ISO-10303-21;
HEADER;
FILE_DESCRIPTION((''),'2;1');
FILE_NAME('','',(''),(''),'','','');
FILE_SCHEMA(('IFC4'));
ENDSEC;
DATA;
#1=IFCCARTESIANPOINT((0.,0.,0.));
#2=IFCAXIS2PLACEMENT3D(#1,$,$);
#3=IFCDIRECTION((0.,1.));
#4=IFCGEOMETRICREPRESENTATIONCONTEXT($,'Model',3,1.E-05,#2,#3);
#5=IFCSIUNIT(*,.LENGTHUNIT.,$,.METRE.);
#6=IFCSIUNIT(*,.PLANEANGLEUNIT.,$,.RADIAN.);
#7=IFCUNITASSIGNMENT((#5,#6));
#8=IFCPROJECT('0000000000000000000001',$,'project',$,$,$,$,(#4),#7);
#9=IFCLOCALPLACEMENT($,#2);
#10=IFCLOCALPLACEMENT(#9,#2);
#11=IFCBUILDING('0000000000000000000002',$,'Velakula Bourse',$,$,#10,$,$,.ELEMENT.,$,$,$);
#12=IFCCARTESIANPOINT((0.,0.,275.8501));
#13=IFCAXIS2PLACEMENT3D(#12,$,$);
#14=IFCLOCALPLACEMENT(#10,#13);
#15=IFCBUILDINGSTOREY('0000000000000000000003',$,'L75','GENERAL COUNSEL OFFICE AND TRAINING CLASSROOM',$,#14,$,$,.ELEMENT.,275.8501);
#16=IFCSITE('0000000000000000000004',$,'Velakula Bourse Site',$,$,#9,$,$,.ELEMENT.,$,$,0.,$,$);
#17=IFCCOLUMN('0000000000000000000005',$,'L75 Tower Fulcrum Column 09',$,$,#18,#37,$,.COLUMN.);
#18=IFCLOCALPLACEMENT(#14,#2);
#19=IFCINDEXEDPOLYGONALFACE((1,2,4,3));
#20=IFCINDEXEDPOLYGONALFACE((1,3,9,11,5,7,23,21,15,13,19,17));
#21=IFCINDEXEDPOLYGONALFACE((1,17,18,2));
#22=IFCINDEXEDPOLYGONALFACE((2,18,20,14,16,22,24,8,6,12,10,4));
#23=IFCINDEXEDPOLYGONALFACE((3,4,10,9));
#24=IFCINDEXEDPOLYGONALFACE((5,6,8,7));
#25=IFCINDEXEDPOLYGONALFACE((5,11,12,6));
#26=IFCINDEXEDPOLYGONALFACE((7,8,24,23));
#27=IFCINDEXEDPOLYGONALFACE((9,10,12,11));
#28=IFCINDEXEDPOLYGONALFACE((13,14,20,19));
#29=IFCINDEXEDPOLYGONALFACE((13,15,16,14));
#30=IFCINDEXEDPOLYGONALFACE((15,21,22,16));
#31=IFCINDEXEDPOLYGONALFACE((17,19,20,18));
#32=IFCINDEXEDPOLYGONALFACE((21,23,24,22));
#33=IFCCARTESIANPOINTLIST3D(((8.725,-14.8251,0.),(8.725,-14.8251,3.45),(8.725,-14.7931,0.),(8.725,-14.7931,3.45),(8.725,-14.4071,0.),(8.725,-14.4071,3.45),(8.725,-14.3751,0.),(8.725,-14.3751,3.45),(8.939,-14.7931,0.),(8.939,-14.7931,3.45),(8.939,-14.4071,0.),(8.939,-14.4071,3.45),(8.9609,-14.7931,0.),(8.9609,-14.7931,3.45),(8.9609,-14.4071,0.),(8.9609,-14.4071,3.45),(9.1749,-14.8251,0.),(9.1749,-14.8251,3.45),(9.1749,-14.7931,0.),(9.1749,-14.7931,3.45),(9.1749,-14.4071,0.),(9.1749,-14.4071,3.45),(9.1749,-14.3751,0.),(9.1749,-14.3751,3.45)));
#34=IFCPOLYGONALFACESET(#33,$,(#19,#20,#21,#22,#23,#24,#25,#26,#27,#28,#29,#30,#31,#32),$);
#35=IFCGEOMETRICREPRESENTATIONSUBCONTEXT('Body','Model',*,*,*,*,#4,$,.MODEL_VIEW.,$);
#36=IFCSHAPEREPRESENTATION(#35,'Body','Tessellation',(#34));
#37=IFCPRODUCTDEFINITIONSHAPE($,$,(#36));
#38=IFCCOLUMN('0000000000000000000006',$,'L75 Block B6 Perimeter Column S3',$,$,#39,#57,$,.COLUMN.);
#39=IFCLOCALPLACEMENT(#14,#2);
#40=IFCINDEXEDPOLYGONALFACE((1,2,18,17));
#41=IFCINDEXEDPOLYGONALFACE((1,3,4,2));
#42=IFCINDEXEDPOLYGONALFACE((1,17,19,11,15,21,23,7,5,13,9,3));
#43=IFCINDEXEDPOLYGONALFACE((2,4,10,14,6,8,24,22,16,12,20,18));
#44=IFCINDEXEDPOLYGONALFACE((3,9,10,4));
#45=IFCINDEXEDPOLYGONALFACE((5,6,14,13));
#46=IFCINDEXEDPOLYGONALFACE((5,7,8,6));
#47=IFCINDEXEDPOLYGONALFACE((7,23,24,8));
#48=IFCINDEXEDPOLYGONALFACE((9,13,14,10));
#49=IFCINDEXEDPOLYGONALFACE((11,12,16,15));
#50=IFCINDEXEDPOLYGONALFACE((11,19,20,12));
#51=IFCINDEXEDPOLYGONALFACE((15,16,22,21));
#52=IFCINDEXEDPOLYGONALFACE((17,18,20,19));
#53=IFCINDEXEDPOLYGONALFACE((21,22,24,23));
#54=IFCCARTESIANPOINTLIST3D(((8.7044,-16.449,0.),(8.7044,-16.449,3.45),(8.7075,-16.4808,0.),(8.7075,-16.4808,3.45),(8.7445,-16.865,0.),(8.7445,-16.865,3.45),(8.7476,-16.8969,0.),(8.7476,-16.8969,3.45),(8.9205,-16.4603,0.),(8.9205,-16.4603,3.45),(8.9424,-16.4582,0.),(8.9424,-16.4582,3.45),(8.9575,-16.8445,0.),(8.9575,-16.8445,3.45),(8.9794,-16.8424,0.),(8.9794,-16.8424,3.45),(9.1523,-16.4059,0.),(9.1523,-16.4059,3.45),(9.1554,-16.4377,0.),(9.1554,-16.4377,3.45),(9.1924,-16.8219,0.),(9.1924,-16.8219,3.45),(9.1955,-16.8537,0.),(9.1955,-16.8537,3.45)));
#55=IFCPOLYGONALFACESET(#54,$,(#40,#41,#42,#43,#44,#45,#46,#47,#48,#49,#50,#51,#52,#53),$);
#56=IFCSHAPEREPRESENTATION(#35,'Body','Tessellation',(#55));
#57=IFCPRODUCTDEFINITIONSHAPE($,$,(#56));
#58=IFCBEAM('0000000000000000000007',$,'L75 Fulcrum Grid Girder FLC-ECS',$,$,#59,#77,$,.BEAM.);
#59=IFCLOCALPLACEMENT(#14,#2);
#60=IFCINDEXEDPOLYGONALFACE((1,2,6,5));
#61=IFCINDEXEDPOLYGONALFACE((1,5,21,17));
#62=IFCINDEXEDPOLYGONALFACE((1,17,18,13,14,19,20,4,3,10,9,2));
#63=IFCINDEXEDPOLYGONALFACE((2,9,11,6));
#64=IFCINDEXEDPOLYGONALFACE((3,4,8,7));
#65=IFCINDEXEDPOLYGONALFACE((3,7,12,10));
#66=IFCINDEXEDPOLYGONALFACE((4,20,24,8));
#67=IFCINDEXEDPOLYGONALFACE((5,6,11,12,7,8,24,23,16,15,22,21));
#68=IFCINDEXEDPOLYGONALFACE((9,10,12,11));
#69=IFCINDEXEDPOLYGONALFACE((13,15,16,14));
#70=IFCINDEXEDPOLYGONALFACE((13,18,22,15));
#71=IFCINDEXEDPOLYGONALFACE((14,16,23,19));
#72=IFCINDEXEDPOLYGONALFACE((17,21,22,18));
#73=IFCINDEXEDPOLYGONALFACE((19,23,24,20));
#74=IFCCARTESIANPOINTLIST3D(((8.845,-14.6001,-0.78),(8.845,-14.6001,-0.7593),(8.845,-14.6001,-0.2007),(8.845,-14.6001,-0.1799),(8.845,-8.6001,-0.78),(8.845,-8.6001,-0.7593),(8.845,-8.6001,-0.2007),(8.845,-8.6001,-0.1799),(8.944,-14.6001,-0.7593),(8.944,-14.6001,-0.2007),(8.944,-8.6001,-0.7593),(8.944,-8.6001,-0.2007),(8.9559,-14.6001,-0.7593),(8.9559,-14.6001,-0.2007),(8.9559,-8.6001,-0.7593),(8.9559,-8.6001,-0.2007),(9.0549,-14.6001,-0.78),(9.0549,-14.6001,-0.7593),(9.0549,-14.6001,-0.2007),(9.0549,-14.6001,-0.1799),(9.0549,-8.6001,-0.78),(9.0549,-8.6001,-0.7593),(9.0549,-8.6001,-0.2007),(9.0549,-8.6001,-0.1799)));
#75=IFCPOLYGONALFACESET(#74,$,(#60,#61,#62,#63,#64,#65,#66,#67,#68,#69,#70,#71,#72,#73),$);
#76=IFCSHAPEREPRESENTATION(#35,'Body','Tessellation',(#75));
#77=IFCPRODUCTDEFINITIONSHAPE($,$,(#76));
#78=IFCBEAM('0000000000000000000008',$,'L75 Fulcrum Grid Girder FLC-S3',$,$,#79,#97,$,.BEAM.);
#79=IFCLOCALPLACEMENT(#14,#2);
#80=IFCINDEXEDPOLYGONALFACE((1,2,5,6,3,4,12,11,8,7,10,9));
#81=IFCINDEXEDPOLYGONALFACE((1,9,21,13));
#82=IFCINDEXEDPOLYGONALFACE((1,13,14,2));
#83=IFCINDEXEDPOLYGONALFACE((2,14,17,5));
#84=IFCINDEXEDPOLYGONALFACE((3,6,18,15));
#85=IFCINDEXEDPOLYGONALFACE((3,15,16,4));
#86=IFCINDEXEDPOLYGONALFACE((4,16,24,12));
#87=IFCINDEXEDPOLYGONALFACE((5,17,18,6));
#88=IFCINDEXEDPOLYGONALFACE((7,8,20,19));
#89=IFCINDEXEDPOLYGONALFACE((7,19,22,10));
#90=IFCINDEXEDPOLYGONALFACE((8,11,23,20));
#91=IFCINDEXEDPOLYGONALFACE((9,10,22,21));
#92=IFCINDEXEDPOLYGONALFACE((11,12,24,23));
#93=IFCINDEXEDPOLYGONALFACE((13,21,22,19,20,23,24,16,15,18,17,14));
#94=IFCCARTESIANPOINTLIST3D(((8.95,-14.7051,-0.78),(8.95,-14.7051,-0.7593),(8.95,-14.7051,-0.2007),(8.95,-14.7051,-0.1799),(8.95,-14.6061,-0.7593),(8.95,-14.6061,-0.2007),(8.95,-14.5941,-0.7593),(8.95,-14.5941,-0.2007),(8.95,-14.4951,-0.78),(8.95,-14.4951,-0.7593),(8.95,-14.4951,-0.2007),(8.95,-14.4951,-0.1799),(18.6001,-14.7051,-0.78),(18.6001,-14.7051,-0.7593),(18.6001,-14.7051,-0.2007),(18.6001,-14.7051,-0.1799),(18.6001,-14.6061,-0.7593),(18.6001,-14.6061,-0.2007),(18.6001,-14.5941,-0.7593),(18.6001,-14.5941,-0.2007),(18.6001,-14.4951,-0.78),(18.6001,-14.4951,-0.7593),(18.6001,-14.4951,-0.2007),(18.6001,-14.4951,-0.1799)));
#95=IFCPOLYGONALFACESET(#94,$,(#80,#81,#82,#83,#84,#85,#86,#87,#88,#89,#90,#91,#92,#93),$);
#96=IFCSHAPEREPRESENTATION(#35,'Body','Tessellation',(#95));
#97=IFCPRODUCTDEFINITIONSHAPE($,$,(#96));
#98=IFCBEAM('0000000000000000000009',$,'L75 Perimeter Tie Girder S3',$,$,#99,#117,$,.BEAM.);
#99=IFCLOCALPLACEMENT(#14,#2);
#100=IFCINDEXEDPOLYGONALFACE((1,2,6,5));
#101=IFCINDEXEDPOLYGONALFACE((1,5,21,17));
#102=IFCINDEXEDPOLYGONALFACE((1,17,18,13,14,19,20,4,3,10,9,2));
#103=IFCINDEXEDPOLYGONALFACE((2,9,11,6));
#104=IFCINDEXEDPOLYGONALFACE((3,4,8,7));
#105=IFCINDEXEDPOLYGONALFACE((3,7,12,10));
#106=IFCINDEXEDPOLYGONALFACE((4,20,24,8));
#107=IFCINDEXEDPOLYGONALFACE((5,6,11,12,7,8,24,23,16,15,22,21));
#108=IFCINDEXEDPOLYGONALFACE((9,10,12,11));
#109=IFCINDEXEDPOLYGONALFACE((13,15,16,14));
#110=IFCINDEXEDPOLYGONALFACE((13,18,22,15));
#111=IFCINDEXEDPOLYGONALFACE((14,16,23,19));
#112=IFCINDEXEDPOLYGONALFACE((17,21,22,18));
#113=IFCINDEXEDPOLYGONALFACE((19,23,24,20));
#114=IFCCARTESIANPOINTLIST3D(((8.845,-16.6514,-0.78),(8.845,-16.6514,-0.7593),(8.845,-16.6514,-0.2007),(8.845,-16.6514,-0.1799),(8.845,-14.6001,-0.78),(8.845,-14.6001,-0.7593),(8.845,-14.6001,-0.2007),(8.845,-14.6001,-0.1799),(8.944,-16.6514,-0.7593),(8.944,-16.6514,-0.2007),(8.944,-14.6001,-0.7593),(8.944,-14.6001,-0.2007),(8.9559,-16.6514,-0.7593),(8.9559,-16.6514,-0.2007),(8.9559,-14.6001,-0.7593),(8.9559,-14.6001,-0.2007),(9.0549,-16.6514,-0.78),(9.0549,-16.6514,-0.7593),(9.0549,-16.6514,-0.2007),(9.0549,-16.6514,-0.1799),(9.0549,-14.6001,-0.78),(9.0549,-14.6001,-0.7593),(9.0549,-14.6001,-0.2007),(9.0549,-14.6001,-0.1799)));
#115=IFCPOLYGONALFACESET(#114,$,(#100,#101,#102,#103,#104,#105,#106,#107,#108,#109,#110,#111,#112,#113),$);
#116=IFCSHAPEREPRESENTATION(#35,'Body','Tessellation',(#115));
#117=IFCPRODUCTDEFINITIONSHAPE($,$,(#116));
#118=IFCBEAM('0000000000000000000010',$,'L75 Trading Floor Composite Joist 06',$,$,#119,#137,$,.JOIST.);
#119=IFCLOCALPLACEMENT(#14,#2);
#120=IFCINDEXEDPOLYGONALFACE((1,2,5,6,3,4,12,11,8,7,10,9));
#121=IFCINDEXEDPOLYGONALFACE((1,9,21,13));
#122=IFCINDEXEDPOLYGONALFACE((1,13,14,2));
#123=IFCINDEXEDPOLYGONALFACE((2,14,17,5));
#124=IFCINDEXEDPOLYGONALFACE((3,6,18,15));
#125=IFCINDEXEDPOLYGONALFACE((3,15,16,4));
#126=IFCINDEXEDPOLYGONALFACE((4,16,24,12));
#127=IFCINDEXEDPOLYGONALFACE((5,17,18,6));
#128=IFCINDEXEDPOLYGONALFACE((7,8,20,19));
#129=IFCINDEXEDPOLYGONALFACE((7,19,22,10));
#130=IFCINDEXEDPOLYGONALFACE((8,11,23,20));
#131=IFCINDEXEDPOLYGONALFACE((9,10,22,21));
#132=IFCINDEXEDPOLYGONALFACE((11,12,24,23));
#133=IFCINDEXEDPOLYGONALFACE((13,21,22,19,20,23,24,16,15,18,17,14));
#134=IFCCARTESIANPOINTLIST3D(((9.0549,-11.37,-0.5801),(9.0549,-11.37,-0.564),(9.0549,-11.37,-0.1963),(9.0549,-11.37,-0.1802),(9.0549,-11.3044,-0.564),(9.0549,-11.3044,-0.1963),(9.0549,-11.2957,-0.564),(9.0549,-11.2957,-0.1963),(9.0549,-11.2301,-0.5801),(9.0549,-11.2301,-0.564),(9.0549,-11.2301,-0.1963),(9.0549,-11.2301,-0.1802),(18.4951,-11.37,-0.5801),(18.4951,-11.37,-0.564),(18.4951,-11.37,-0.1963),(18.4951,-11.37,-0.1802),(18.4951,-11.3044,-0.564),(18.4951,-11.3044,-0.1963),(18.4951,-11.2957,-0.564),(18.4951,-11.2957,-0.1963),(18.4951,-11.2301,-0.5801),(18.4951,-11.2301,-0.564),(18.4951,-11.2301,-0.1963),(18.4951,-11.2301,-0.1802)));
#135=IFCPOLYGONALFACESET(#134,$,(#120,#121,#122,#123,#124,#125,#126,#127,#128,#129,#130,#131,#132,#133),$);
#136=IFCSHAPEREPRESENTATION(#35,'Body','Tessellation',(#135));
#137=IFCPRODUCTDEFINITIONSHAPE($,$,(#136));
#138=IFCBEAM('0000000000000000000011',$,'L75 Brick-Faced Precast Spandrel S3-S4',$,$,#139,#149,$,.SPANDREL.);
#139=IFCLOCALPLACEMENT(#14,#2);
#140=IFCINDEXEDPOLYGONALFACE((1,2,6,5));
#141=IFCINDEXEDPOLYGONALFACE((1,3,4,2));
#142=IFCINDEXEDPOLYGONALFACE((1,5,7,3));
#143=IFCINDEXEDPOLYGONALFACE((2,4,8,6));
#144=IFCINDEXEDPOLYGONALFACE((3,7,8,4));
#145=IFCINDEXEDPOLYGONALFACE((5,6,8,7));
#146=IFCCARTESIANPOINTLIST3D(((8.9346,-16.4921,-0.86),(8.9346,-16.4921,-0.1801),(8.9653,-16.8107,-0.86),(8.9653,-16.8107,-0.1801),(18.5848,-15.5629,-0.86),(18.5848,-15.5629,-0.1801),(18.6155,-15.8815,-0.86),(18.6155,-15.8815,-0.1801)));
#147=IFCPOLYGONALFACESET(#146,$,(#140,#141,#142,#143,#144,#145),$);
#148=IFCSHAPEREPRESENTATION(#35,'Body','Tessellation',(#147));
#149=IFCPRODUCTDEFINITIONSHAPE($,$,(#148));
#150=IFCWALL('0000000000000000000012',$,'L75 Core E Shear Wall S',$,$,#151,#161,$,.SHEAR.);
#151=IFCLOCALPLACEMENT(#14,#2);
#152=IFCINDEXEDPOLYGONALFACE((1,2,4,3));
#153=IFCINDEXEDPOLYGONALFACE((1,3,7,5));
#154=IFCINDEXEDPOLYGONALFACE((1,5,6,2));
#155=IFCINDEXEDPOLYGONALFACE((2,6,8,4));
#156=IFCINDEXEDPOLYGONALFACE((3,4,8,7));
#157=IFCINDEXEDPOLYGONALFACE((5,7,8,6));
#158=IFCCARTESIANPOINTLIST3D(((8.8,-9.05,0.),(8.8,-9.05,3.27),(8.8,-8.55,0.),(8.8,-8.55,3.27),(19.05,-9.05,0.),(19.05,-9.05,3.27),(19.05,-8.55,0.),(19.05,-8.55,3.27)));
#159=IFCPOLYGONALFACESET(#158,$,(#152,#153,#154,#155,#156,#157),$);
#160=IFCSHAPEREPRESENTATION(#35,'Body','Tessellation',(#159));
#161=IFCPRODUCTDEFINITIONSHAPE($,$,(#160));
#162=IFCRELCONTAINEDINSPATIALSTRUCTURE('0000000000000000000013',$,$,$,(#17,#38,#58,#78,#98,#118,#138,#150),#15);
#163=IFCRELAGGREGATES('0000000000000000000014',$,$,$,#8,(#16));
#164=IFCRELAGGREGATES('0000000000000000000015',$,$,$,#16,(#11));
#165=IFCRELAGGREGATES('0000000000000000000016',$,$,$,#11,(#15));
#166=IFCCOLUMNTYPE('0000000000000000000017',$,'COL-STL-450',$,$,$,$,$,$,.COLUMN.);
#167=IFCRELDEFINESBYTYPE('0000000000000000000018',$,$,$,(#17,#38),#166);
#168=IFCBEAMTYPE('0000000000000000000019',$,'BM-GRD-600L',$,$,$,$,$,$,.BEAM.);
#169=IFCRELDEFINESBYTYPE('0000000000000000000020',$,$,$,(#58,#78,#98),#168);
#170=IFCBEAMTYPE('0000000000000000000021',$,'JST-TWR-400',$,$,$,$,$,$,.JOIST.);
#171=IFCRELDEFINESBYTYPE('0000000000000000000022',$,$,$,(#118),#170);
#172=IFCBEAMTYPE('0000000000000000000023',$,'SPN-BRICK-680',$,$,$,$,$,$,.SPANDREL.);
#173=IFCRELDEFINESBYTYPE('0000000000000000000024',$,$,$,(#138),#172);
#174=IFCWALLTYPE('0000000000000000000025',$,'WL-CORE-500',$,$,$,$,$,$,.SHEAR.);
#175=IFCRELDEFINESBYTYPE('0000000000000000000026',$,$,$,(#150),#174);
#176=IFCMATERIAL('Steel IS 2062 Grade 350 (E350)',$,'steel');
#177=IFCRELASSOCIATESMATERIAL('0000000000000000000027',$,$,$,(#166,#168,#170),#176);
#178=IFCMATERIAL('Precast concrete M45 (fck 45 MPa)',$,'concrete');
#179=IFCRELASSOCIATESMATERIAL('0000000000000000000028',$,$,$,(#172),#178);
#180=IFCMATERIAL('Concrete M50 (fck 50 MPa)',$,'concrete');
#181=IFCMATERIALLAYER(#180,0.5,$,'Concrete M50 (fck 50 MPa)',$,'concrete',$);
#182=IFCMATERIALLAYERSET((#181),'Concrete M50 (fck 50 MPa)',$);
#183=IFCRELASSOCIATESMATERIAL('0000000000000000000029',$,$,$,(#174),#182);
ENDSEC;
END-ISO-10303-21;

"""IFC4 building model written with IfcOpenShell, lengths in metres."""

from ifc_helpers import new_model, si_unit, direction, frame, frame_2d, origin, origin_2d, place, context, subcontext, project, spatial, rectangle, i_section, extrude, material, layer, layer_set, material_profile, profile_set, type_object, element, save


model = new_model("IFC4")

# Units and contexts
model_context = context("Model", 3, precision=1e-05, world=origin(), true_north=direction((0.0, 1.0)))
body_context = subcontext(model_context, "Body", "Model", "MODEL_VIEW")
ifc_project = project(units=[si_unit("LENGTHUNIT", "METRE"), si_unit("PLANEANGLEUNIT", "RADIAN")], contexts=[model_context])

# Site, building, storey
site_placement = place(None, origin())
site = spatial("IfcSite", under=ifc_project, at=site_placement, Name="Velakula Bourse Site", CompositionType="ELEMENT", RefElevation=0.0)
building_placement = place(site_placement, origin())
building = spatial("IfcBuilding", under=site, at=building_placement, Name="Velakula Bourse", CompositionType="ELEMENT")
storey_placement = place(building_placement, frame((0.0, 0.0, 275.8501)))
storey = spatial("IfcBuildingStorey", under=building, at=storey_placement, Name="L75", Description="GENERAL COUNSEL OFFICE AND TRAINING CLASSROOM", CompositionType="ELEMENT", Elevation=275.8501)

# Columns
ifc_material_1 = material(Name="Steel IS 2062 Grade 350 (E350)", Category="steel")
ifc_material_profile_1 = material_profile(ifc_material_1, i_section(OverallWidth=0.45, OverallDepth=0.45, WebThickness=0.022, FlangeThickness=0.032, at=origin_2d()), Name="Steel IS 2062 Grade 350 (E350)")
ifc_profile_set_1 = profile_set([ifc_material_profile_1], Name="Steel IS 2062 Grade 350 (E350)")
column_type = type_object("IfcColumnType", Name="COL-STL-450", PredefinedType="COLUMN", material=ifc_profile_set_1)
for number, where, z_axis, x_axis, name in (
    (1, (8.95, -14.6001, 0.0), (0.0, 0.0, 1.0), (1.0, 0.0, 0.0), "L75 Tower Fulcrum Column 09"),
    (2, (8.95, -16.6514, 0.0), (0.0, 0.0, 1.0), (0.995396, 0.095846, 0.0), "L75 Block B6 Perimeter Column S3"),
):
    element("IfcColumn", number, at=place(storey_placement, frame(where, z_axis=z_axis, x_axis=x_axis)), inside=storey, type_object=column_type, Name=name, PredefinedType="COLUMN", context=body_context, shape_type="SweptSolid", body=[
        extrude(i_section(OverallWidth=0.45, OverallDepth=0.45, WebThickness=0.022, FlangeThickness=0.032, at=origin_2d()), origin(), (0.0, 0.0, 1.0), 3.45),
    ])

# Beams
ifc_material_profile_2 = material_profile(ifc_material_1, i_section(OverallWidth=0.21, OverallDepth=0.6001, WebThickness=0.012, FlangeThickness=0.0208, at=origin_2d()), Name="Steel IS 2062 Grade 350 (E350)")
ifc_profile_set_2 = profile_set([ifc_material_profile_2], Name="Steel IS 2062 Grade 350 (E350)")
beam_type_1 = type_object("IfcBeamType", Name="BM-GRD-600L", PredefinedType="BEAM", material=ifc_profile_set_2)
beam_1_placement = place(storey_placement, frame((8.95, -14.6001, -0.48), z_axis=(0.0, 1.0, 0.0), x_axis=(-1.0, 0.0, 0.0)))
element("IfcBeam", 3, at=beam_1_placement, inside=storey, type_object=beam_type_1, Name="L75 Fulcrum Grid Girder FLC-ECS", PredefinedType="BEAM", context=body_context, shape_type="SweptSolid", body=[
    extrude(i_section(OverallWidth=0.21, OverallDepth=0.6001, WebThickness=0.012, FlangeThickness=0.0208, at=origin_2d()), origin(), (0.0, 0.0, 1.0), 6.0),
])
beam_2_placement = place(storey_placement, frame((8.95, -14.6001, -0.48), z_axis=(1.0, 0.0, 0.0), x_axis=(0.0, 1.0, 0.0)))
element("IfcBeam", 4, at=beam_2_placement, inside=storey, type_object=beam_type_1, Name="L75 Fulcrum Grid Girder FLC-S3", PredefinedType="BEAM", context=body_context, shape_type="SweptSolid", body=[
    extrude(i_section(OverallWidth=0.21, OverallDepth=0.6001, WebThickness=0.012, FlangeThickness=0.0208, at=origin_2d()), origin(), (0.0, 0.0, 1.0), 9.6501),
])
beam_3_placement = place(storey_placement, frame((8.95, -14.6001, -0.48), z_axis=(0.0, -1.0, 0.0), x_axis=(1.0, 0.0, 0.0)))
element("IfcBeam", 5, at=beam_3_placement, inside=storey, type_object=beam_type_1, Name="L75 Perimeter Tie Girder S3", PredefinedType="BEAM", context=body_context, shape_type="SweptSolid", body=[
    extrude(i_section(OverallWidth=0.21, OverallDepth=0.6001, WebThickness=0.012, FlangeThickness=0.0208, at=origin_2d()), origin(), (0.0, 0.0, 1.0), 2.0513),
])
ifc_material_profile_3 = material_profile(ifc_material_1, i_section(OverallWidth=0.1399, OverallDepth=0.3999, WebThickness=0.0088, FlangeThickness=0.0161, at=origin_2d()), Name="Steel IS 2062 Grade 350 (E350)")
ifc_profile_set_3 = profile_set([ifc_material_profile_3], Name="Steel IS 2062 Grade 350 (E350)")
beam_type_2 = type_object("IfcBeamType", Name="JST-TWR-400", PredefinedType="JOIST", material=ifc_profile_set_3)
beam_4_placement = place(storey_placement, frame((9.0549, -11.3, -0.3801), z_axis=(1.0, 0.0, 0.0), x_axis=(0.0, 1.0, 0.0)))
element("IfcBeam", 6, at=beam_4_placement, inside=storey, type_object=beam_type_2, Name="L75 Trading Floor Composite Joist 06", PredefinedType="JOIST", context=body_context, shape_type="SweptSolid", body=[
    extrude(i_section(OverallWidth=0.1399, OverallDepth=0.3999, WebThickness=0.0088, FlangeThickness=0.0161, at=origin_2d()), origin(), (0.0, 0.0, 1.0), 9.4402),
])
ifc_material_2 = material(Name="Precast concrete M45 (fck 45 MPa)", Category="concrete")
ifc_material_profile_4 = material_profile(ifc_material_2, rectangle(XDim=0.3201, YDim=0.6799, at=origin_2d()), Name="Precast concrete M45 (fck 45 MPa)")
ifc_profile_set_4 = profile_set([ifc_material_profile_4], Name="Precast concrete M45 (fck 45 MPa)")
beam_type_3 = type_object("IfcBeamType", Name="SPN-BRICK-680", PredefinedType="SPANDREL", material=ifc_profile_set_4)
beam_5_placement = place(storey_placement, frame((8.95, -16.6514, -0.52), z_axis=(0.995396, 0.095845, 0.0), x_axis=(-0.095845, 0.995396, 0.0)))
element("IfcBeam", 7, at=beam_5_placement, inside=storey, type_object=beam_type_3, Name="L75 Brick-Faced Precast Spandrel S3-S4", PredefinedType="SPANDREL", context=body_context, shape_type="SweptSolid", body=[
    extrude(rectangle(XDim=0.3201, YDim=0.6799, at=origin_2d()), origin(), (0.0, 0.0, 1.0), 9.6948),
])

# Wall
ifc_material_3 = material(Name="Concrete M50 (fck 50 MPa)", Category="concrete")
ifc_layer_1 = layer(ifc_material_3, 0.5, Name="Concrete M50 (fck 50 MPa)", Category="concrete")
ifc_layer_set_1 = layer_set([ifc_layer_1], Name="Concrete M50 (fck 50 MPa)")
wall_type_1 = type_object("IfcWallType", Name="WL-CORE-500", PredefinedType="SHEAR", material=ifc_layer_set_1)
wall_1_placement = place(storey_placement, frame((8.8, -8.8, 0.0), z_axis=(0.0, 0.0, 1.0), x_axis=(1.0, 0.0, 0.0)))
element("IfcWall", 8, at=wall_1_placement, inside=storey, type_object=wall_type_1, Name="L75 Core E Shear Wall S", PredefinedType="SHEAR", context=body_context, shape_type="SweptSolid", body=[
    extrude(rectangle(XDim=10.25, YDim=0.5, at=frame_2d((5.125, 0.0))), origin(), (0.0, 0.0, 1.0), 3.27),
])

save(model, "model.ifc")
